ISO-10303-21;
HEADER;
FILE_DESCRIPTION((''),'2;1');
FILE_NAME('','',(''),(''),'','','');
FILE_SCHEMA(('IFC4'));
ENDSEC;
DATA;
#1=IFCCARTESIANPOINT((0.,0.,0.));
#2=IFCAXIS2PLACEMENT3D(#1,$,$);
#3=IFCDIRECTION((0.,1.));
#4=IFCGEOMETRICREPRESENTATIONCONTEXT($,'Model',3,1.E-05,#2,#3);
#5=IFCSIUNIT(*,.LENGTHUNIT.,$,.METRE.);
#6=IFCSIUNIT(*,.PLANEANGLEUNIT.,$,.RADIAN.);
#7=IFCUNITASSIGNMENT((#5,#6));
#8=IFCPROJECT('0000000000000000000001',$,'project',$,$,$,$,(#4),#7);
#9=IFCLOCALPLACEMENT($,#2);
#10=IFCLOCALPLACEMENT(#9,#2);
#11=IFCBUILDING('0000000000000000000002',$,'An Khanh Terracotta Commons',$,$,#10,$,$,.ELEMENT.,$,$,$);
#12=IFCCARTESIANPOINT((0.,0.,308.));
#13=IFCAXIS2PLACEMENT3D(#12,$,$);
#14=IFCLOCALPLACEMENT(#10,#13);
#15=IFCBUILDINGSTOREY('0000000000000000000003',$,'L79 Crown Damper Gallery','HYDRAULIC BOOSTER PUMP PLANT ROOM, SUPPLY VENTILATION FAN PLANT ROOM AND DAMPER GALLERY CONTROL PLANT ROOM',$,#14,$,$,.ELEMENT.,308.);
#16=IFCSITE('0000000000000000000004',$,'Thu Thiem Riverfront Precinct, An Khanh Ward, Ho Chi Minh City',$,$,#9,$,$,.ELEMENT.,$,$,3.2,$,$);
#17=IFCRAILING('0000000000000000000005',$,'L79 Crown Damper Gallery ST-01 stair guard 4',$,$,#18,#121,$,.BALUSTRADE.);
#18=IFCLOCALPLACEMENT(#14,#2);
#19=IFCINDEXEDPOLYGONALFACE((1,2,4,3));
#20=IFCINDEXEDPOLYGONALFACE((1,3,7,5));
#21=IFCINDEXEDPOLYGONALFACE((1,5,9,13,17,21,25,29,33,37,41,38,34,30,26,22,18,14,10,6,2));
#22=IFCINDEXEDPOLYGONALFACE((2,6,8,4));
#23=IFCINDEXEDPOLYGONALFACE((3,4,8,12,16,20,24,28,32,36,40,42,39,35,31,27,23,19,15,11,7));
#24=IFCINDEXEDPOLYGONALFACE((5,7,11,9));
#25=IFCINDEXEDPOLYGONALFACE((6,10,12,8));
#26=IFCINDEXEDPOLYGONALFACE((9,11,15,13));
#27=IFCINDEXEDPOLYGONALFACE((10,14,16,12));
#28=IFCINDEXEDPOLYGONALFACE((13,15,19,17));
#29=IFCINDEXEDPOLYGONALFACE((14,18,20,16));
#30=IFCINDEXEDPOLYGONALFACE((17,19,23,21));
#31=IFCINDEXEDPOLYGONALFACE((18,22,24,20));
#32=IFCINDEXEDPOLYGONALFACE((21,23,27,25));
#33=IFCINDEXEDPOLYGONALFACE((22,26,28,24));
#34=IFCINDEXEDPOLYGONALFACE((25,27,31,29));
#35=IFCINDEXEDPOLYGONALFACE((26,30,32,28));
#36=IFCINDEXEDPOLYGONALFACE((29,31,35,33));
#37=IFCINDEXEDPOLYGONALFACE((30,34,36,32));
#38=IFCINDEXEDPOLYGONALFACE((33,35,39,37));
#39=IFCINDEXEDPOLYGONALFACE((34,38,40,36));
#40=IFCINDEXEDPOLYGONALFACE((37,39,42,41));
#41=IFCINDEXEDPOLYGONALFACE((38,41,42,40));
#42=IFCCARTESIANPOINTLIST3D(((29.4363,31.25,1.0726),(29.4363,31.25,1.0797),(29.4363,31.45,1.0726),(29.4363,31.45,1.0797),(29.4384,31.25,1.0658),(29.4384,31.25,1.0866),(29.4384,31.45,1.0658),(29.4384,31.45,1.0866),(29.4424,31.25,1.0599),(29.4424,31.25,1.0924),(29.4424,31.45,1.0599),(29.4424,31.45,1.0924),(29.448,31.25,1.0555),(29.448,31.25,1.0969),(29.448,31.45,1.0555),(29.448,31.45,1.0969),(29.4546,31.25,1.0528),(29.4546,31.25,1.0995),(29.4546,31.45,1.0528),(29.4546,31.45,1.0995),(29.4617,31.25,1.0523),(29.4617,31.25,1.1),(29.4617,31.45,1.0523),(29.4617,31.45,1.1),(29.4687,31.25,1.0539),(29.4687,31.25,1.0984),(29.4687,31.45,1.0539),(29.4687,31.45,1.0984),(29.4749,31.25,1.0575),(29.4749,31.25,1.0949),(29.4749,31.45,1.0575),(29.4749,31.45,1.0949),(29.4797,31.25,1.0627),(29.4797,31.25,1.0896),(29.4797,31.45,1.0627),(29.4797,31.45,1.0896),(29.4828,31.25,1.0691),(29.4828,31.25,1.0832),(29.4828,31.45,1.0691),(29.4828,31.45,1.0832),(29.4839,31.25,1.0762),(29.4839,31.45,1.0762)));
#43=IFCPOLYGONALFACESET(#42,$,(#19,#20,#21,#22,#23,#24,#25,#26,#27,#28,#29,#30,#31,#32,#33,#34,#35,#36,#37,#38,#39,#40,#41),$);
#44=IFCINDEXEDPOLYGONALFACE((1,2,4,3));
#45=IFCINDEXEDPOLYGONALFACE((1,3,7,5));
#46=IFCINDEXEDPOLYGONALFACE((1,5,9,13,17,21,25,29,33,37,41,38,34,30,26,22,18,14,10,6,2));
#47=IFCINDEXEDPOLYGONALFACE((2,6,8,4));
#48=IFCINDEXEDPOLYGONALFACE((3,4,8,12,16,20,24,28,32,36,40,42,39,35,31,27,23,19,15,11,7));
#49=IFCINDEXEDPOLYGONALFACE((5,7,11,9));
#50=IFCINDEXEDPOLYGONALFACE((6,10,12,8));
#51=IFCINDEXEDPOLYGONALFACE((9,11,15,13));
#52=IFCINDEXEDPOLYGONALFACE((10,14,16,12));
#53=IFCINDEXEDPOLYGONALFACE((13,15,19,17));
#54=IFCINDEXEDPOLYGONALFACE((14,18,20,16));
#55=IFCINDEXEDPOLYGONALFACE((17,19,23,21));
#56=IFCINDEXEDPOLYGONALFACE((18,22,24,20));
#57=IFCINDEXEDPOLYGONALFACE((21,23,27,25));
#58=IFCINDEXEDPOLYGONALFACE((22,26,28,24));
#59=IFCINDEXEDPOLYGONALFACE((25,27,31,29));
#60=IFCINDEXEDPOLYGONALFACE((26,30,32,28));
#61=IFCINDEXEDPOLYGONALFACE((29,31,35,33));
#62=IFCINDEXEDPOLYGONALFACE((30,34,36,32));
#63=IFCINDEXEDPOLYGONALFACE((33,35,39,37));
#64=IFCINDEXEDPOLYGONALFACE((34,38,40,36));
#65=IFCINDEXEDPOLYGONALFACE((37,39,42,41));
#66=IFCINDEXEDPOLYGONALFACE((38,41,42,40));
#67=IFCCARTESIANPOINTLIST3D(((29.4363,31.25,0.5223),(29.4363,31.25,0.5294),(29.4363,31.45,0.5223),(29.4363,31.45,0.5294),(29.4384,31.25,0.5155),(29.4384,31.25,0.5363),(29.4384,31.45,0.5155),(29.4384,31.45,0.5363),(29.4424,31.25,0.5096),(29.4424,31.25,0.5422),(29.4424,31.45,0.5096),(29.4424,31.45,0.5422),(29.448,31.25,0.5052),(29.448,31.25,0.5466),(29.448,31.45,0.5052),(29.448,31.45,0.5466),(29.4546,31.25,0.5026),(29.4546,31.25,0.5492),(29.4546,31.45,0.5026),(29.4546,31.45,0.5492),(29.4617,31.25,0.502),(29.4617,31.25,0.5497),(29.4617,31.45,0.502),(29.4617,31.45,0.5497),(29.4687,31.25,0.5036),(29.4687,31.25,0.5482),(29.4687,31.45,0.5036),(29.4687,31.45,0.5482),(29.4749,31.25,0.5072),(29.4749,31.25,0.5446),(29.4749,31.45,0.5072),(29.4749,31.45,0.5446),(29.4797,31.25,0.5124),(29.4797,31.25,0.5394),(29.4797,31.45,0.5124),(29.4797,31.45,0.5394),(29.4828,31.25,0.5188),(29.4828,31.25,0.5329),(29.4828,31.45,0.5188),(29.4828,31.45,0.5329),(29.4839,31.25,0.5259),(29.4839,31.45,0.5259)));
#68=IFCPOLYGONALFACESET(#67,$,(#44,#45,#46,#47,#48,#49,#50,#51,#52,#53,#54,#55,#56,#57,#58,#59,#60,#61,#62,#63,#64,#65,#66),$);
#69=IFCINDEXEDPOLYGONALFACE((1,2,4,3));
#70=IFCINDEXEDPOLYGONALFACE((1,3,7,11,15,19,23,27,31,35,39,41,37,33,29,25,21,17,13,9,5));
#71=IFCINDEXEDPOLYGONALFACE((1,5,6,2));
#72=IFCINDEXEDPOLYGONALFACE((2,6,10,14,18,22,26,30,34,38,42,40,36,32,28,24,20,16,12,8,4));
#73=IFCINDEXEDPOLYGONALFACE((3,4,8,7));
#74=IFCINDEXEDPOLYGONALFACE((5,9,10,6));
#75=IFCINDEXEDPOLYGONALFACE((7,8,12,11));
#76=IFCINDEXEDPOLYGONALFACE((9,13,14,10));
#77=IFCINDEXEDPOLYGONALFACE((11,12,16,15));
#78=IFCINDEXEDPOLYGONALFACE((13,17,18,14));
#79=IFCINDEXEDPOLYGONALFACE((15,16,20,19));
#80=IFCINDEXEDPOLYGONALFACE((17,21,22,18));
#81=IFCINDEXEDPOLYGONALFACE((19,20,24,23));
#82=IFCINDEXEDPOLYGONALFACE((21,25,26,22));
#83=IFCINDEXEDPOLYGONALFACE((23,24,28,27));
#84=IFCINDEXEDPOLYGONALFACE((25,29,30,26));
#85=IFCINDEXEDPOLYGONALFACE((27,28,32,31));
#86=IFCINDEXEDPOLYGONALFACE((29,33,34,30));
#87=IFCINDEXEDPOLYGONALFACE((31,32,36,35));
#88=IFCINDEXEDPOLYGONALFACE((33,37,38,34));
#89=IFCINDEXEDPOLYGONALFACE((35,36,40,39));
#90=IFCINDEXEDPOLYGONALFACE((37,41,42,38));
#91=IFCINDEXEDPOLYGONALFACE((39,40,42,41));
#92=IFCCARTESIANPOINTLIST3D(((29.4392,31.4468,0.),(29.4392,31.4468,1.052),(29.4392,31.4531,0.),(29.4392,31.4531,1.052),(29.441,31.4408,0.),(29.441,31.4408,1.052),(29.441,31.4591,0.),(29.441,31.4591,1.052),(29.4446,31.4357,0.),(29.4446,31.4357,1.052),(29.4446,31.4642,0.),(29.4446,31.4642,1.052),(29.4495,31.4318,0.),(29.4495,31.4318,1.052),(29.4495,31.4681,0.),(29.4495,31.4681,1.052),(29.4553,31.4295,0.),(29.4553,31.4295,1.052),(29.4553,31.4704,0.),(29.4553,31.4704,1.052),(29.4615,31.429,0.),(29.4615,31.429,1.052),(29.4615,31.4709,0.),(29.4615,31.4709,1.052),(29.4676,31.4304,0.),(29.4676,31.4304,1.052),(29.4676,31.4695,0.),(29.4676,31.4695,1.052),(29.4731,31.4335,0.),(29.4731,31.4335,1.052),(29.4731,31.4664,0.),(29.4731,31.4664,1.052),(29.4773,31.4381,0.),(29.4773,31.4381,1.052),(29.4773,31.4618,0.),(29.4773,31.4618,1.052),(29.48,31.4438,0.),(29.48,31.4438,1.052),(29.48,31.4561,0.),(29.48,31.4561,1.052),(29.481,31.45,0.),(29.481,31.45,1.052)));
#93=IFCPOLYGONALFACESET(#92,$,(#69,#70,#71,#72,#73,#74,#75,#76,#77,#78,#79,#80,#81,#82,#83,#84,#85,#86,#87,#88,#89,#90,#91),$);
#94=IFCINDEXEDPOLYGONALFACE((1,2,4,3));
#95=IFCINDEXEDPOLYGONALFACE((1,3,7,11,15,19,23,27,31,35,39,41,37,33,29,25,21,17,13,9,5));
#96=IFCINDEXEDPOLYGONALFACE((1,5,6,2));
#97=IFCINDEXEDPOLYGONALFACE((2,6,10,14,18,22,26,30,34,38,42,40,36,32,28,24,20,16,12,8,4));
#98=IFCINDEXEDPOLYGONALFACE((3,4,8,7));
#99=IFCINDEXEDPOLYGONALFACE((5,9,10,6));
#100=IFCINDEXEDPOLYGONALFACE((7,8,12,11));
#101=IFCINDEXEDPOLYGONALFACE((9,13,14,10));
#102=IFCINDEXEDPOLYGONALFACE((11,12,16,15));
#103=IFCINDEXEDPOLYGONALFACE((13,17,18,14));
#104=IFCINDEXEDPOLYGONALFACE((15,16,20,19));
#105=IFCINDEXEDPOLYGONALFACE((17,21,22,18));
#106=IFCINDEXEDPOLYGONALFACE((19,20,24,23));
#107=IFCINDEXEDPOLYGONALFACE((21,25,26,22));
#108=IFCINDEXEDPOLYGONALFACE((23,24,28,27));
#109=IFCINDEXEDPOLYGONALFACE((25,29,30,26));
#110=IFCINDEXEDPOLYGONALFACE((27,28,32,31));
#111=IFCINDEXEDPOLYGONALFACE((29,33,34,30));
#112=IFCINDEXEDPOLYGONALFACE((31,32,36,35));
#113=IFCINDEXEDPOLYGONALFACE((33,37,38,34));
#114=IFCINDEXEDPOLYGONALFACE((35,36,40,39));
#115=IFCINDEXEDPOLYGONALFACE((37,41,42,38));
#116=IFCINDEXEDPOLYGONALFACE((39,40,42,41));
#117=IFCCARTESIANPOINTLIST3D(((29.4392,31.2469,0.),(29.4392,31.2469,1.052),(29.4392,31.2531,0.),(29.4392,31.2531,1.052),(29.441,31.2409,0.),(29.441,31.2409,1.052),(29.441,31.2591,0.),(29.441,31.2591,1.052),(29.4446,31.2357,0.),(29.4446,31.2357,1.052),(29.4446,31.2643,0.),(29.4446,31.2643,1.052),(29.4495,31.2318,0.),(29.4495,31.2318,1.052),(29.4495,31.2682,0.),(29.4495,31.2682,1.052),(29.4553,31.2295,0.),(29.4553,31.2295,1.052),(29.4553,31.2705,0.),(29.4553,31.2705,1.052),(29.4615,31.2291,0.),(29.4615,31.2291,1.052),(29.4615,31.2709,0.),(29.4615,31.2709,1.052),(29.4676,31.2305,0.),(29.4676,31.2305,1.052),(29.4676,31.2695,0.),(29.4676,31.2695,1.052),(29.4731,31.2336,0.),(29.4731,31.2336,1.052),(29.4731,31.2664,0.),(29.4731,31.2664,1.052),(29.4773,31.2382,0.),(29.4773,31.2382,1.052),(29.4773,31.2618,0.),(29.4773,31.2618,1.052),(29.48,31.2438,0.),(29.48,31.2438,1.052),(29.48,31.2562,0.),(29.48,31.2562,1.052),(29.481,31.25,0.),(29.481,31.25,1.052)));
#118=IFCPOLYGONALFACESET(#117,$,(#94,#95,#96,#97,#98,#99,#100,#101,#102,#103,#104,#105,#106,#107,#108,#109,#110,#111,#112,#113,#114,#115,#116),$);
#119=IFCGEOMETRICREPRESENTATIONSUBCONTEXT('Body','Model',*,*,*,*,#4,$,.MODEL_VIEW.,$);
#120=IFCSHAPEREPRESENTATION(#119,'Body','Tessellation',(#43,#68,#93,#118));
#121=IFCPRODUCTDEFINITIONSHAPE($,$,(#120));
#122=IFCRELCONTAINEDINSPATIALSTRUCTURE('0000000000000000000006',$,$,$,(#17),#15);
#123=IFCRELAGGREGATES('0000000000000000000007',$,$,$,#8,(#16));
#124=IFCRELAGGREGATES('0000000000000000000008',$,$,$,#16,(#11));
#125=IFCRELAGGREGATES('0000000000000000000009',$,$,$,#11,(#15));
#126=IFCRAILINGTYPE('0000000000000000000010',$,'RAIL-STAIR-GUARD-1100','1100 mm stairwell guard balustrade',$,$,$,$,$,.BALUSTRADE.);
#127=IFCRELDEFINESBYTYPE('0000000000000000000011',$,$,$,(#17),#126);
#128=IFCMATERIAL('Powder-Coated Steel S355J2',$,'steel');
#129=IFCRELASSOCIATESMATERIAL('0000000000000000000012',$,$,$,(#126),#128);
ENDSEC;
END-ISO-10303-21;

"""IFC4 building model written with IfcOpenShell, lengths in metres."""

from ifc_helpers import new_model, si_unit, direction, frame, origin, origin_2d, place, context, subcontext, project, spatial, circle, extrude, material, type_object, element, save


model = new_model("IFC4")

# Units and contexts
model_context = context("Model", 3, precision=1e-05, world=origin(), true_north=direction((0.0, 1.0)))
body_context = subcontext(model_context, "Body", "Model", "MODEL_VIEW")
ifc_project = project(units=[si_unit("LENGTHUNIT", "METRE"), si_unit("PLANEANGLEUNIT", "RADIAN")], contexts=[model_context])

# Site, building, storey
site_placement = place(None, origin())
site = spatial("IfcSite", under=ifc_project, at=site_placement, Name="Thu Thiem Riverfront Precinct, An Khanh Ward, Ho Chi Minh City", CompositionType="ELEMENT", RefElevation=3.2)
building_placement = place(site_placement, origin())
building = spatial("IfcBuilding", under=site, at=building_placement, Name="An Khanh Terracotta Commons", CompositionType="ELEMENT")
storey_placement = place(building_placement, frame((0.0, 0.0, 308.0)))
storey = spatial("IfcBuildingStorey", under=building, at=storey_placement, Name="L79 Crown Damper Gallery", Description="HYDRAULIC BOOSTER PUMP PLANT ROOM, SUPPLY VENTILATION FAN PLANT ROOM AND DAMPER GALLERY CONTROL PLANT ROOM", CompositionType="ELEMENT", Elevation=308.0)

# Railing
ifc_material_1 = material(Name="Powder-Coated Steel S355J2", Category="steel")
railing_type_1 = type_object("IfcRailingType", Name="RAIL-STAIR-GUARD-1100", Description="1100 mm stairwell guard balustrade", PredefinedType="BALUSTRADE", material=ifc_material_1)
railing_1_placement = place(storey_placement, frame((29.46, 31.45, 0.0)))
element("IfcRailing", 1, at=railing_1_placement, inside=storey, type_object=railing_type_1, Name="L79 Crown Damper Gallery ST-01 stair guard 4", PredefinedType="BALUSTRADE", context=body_context, shape_type="SweptSolid", body=[
    extrude(circle(Radius=0.0239, at=origin_2d()), frame((0.0, 0.0, 1.0762), z_axis=(0.0, -1.0, 0.0), x_axis=(1.0, 0.0, 0.0)), (0.0, 0.0, 1.0), 0.2),
    extrude(circle(Radius=0.0239, at=origin_2d()), frame((0.0, 0.0, 0.5259), z_axis=(0.0, -1.0, 0.0), x_axis=(1.0, 0.0, 0.0)), (0.0, 0.0, 1.0), 0.2),
    extrude(circle(Radius=0.021, at=origin_2d()), origin(), (0.0, 0.0, 1.0), 1.052),
    extrude(circle(Radius=0.021, at=origin_2d()), frame((0.0, -0.2, 0.0)), (0.0, 0.0, 1.0), 1.052),
])

save(model, "model.ifc")
